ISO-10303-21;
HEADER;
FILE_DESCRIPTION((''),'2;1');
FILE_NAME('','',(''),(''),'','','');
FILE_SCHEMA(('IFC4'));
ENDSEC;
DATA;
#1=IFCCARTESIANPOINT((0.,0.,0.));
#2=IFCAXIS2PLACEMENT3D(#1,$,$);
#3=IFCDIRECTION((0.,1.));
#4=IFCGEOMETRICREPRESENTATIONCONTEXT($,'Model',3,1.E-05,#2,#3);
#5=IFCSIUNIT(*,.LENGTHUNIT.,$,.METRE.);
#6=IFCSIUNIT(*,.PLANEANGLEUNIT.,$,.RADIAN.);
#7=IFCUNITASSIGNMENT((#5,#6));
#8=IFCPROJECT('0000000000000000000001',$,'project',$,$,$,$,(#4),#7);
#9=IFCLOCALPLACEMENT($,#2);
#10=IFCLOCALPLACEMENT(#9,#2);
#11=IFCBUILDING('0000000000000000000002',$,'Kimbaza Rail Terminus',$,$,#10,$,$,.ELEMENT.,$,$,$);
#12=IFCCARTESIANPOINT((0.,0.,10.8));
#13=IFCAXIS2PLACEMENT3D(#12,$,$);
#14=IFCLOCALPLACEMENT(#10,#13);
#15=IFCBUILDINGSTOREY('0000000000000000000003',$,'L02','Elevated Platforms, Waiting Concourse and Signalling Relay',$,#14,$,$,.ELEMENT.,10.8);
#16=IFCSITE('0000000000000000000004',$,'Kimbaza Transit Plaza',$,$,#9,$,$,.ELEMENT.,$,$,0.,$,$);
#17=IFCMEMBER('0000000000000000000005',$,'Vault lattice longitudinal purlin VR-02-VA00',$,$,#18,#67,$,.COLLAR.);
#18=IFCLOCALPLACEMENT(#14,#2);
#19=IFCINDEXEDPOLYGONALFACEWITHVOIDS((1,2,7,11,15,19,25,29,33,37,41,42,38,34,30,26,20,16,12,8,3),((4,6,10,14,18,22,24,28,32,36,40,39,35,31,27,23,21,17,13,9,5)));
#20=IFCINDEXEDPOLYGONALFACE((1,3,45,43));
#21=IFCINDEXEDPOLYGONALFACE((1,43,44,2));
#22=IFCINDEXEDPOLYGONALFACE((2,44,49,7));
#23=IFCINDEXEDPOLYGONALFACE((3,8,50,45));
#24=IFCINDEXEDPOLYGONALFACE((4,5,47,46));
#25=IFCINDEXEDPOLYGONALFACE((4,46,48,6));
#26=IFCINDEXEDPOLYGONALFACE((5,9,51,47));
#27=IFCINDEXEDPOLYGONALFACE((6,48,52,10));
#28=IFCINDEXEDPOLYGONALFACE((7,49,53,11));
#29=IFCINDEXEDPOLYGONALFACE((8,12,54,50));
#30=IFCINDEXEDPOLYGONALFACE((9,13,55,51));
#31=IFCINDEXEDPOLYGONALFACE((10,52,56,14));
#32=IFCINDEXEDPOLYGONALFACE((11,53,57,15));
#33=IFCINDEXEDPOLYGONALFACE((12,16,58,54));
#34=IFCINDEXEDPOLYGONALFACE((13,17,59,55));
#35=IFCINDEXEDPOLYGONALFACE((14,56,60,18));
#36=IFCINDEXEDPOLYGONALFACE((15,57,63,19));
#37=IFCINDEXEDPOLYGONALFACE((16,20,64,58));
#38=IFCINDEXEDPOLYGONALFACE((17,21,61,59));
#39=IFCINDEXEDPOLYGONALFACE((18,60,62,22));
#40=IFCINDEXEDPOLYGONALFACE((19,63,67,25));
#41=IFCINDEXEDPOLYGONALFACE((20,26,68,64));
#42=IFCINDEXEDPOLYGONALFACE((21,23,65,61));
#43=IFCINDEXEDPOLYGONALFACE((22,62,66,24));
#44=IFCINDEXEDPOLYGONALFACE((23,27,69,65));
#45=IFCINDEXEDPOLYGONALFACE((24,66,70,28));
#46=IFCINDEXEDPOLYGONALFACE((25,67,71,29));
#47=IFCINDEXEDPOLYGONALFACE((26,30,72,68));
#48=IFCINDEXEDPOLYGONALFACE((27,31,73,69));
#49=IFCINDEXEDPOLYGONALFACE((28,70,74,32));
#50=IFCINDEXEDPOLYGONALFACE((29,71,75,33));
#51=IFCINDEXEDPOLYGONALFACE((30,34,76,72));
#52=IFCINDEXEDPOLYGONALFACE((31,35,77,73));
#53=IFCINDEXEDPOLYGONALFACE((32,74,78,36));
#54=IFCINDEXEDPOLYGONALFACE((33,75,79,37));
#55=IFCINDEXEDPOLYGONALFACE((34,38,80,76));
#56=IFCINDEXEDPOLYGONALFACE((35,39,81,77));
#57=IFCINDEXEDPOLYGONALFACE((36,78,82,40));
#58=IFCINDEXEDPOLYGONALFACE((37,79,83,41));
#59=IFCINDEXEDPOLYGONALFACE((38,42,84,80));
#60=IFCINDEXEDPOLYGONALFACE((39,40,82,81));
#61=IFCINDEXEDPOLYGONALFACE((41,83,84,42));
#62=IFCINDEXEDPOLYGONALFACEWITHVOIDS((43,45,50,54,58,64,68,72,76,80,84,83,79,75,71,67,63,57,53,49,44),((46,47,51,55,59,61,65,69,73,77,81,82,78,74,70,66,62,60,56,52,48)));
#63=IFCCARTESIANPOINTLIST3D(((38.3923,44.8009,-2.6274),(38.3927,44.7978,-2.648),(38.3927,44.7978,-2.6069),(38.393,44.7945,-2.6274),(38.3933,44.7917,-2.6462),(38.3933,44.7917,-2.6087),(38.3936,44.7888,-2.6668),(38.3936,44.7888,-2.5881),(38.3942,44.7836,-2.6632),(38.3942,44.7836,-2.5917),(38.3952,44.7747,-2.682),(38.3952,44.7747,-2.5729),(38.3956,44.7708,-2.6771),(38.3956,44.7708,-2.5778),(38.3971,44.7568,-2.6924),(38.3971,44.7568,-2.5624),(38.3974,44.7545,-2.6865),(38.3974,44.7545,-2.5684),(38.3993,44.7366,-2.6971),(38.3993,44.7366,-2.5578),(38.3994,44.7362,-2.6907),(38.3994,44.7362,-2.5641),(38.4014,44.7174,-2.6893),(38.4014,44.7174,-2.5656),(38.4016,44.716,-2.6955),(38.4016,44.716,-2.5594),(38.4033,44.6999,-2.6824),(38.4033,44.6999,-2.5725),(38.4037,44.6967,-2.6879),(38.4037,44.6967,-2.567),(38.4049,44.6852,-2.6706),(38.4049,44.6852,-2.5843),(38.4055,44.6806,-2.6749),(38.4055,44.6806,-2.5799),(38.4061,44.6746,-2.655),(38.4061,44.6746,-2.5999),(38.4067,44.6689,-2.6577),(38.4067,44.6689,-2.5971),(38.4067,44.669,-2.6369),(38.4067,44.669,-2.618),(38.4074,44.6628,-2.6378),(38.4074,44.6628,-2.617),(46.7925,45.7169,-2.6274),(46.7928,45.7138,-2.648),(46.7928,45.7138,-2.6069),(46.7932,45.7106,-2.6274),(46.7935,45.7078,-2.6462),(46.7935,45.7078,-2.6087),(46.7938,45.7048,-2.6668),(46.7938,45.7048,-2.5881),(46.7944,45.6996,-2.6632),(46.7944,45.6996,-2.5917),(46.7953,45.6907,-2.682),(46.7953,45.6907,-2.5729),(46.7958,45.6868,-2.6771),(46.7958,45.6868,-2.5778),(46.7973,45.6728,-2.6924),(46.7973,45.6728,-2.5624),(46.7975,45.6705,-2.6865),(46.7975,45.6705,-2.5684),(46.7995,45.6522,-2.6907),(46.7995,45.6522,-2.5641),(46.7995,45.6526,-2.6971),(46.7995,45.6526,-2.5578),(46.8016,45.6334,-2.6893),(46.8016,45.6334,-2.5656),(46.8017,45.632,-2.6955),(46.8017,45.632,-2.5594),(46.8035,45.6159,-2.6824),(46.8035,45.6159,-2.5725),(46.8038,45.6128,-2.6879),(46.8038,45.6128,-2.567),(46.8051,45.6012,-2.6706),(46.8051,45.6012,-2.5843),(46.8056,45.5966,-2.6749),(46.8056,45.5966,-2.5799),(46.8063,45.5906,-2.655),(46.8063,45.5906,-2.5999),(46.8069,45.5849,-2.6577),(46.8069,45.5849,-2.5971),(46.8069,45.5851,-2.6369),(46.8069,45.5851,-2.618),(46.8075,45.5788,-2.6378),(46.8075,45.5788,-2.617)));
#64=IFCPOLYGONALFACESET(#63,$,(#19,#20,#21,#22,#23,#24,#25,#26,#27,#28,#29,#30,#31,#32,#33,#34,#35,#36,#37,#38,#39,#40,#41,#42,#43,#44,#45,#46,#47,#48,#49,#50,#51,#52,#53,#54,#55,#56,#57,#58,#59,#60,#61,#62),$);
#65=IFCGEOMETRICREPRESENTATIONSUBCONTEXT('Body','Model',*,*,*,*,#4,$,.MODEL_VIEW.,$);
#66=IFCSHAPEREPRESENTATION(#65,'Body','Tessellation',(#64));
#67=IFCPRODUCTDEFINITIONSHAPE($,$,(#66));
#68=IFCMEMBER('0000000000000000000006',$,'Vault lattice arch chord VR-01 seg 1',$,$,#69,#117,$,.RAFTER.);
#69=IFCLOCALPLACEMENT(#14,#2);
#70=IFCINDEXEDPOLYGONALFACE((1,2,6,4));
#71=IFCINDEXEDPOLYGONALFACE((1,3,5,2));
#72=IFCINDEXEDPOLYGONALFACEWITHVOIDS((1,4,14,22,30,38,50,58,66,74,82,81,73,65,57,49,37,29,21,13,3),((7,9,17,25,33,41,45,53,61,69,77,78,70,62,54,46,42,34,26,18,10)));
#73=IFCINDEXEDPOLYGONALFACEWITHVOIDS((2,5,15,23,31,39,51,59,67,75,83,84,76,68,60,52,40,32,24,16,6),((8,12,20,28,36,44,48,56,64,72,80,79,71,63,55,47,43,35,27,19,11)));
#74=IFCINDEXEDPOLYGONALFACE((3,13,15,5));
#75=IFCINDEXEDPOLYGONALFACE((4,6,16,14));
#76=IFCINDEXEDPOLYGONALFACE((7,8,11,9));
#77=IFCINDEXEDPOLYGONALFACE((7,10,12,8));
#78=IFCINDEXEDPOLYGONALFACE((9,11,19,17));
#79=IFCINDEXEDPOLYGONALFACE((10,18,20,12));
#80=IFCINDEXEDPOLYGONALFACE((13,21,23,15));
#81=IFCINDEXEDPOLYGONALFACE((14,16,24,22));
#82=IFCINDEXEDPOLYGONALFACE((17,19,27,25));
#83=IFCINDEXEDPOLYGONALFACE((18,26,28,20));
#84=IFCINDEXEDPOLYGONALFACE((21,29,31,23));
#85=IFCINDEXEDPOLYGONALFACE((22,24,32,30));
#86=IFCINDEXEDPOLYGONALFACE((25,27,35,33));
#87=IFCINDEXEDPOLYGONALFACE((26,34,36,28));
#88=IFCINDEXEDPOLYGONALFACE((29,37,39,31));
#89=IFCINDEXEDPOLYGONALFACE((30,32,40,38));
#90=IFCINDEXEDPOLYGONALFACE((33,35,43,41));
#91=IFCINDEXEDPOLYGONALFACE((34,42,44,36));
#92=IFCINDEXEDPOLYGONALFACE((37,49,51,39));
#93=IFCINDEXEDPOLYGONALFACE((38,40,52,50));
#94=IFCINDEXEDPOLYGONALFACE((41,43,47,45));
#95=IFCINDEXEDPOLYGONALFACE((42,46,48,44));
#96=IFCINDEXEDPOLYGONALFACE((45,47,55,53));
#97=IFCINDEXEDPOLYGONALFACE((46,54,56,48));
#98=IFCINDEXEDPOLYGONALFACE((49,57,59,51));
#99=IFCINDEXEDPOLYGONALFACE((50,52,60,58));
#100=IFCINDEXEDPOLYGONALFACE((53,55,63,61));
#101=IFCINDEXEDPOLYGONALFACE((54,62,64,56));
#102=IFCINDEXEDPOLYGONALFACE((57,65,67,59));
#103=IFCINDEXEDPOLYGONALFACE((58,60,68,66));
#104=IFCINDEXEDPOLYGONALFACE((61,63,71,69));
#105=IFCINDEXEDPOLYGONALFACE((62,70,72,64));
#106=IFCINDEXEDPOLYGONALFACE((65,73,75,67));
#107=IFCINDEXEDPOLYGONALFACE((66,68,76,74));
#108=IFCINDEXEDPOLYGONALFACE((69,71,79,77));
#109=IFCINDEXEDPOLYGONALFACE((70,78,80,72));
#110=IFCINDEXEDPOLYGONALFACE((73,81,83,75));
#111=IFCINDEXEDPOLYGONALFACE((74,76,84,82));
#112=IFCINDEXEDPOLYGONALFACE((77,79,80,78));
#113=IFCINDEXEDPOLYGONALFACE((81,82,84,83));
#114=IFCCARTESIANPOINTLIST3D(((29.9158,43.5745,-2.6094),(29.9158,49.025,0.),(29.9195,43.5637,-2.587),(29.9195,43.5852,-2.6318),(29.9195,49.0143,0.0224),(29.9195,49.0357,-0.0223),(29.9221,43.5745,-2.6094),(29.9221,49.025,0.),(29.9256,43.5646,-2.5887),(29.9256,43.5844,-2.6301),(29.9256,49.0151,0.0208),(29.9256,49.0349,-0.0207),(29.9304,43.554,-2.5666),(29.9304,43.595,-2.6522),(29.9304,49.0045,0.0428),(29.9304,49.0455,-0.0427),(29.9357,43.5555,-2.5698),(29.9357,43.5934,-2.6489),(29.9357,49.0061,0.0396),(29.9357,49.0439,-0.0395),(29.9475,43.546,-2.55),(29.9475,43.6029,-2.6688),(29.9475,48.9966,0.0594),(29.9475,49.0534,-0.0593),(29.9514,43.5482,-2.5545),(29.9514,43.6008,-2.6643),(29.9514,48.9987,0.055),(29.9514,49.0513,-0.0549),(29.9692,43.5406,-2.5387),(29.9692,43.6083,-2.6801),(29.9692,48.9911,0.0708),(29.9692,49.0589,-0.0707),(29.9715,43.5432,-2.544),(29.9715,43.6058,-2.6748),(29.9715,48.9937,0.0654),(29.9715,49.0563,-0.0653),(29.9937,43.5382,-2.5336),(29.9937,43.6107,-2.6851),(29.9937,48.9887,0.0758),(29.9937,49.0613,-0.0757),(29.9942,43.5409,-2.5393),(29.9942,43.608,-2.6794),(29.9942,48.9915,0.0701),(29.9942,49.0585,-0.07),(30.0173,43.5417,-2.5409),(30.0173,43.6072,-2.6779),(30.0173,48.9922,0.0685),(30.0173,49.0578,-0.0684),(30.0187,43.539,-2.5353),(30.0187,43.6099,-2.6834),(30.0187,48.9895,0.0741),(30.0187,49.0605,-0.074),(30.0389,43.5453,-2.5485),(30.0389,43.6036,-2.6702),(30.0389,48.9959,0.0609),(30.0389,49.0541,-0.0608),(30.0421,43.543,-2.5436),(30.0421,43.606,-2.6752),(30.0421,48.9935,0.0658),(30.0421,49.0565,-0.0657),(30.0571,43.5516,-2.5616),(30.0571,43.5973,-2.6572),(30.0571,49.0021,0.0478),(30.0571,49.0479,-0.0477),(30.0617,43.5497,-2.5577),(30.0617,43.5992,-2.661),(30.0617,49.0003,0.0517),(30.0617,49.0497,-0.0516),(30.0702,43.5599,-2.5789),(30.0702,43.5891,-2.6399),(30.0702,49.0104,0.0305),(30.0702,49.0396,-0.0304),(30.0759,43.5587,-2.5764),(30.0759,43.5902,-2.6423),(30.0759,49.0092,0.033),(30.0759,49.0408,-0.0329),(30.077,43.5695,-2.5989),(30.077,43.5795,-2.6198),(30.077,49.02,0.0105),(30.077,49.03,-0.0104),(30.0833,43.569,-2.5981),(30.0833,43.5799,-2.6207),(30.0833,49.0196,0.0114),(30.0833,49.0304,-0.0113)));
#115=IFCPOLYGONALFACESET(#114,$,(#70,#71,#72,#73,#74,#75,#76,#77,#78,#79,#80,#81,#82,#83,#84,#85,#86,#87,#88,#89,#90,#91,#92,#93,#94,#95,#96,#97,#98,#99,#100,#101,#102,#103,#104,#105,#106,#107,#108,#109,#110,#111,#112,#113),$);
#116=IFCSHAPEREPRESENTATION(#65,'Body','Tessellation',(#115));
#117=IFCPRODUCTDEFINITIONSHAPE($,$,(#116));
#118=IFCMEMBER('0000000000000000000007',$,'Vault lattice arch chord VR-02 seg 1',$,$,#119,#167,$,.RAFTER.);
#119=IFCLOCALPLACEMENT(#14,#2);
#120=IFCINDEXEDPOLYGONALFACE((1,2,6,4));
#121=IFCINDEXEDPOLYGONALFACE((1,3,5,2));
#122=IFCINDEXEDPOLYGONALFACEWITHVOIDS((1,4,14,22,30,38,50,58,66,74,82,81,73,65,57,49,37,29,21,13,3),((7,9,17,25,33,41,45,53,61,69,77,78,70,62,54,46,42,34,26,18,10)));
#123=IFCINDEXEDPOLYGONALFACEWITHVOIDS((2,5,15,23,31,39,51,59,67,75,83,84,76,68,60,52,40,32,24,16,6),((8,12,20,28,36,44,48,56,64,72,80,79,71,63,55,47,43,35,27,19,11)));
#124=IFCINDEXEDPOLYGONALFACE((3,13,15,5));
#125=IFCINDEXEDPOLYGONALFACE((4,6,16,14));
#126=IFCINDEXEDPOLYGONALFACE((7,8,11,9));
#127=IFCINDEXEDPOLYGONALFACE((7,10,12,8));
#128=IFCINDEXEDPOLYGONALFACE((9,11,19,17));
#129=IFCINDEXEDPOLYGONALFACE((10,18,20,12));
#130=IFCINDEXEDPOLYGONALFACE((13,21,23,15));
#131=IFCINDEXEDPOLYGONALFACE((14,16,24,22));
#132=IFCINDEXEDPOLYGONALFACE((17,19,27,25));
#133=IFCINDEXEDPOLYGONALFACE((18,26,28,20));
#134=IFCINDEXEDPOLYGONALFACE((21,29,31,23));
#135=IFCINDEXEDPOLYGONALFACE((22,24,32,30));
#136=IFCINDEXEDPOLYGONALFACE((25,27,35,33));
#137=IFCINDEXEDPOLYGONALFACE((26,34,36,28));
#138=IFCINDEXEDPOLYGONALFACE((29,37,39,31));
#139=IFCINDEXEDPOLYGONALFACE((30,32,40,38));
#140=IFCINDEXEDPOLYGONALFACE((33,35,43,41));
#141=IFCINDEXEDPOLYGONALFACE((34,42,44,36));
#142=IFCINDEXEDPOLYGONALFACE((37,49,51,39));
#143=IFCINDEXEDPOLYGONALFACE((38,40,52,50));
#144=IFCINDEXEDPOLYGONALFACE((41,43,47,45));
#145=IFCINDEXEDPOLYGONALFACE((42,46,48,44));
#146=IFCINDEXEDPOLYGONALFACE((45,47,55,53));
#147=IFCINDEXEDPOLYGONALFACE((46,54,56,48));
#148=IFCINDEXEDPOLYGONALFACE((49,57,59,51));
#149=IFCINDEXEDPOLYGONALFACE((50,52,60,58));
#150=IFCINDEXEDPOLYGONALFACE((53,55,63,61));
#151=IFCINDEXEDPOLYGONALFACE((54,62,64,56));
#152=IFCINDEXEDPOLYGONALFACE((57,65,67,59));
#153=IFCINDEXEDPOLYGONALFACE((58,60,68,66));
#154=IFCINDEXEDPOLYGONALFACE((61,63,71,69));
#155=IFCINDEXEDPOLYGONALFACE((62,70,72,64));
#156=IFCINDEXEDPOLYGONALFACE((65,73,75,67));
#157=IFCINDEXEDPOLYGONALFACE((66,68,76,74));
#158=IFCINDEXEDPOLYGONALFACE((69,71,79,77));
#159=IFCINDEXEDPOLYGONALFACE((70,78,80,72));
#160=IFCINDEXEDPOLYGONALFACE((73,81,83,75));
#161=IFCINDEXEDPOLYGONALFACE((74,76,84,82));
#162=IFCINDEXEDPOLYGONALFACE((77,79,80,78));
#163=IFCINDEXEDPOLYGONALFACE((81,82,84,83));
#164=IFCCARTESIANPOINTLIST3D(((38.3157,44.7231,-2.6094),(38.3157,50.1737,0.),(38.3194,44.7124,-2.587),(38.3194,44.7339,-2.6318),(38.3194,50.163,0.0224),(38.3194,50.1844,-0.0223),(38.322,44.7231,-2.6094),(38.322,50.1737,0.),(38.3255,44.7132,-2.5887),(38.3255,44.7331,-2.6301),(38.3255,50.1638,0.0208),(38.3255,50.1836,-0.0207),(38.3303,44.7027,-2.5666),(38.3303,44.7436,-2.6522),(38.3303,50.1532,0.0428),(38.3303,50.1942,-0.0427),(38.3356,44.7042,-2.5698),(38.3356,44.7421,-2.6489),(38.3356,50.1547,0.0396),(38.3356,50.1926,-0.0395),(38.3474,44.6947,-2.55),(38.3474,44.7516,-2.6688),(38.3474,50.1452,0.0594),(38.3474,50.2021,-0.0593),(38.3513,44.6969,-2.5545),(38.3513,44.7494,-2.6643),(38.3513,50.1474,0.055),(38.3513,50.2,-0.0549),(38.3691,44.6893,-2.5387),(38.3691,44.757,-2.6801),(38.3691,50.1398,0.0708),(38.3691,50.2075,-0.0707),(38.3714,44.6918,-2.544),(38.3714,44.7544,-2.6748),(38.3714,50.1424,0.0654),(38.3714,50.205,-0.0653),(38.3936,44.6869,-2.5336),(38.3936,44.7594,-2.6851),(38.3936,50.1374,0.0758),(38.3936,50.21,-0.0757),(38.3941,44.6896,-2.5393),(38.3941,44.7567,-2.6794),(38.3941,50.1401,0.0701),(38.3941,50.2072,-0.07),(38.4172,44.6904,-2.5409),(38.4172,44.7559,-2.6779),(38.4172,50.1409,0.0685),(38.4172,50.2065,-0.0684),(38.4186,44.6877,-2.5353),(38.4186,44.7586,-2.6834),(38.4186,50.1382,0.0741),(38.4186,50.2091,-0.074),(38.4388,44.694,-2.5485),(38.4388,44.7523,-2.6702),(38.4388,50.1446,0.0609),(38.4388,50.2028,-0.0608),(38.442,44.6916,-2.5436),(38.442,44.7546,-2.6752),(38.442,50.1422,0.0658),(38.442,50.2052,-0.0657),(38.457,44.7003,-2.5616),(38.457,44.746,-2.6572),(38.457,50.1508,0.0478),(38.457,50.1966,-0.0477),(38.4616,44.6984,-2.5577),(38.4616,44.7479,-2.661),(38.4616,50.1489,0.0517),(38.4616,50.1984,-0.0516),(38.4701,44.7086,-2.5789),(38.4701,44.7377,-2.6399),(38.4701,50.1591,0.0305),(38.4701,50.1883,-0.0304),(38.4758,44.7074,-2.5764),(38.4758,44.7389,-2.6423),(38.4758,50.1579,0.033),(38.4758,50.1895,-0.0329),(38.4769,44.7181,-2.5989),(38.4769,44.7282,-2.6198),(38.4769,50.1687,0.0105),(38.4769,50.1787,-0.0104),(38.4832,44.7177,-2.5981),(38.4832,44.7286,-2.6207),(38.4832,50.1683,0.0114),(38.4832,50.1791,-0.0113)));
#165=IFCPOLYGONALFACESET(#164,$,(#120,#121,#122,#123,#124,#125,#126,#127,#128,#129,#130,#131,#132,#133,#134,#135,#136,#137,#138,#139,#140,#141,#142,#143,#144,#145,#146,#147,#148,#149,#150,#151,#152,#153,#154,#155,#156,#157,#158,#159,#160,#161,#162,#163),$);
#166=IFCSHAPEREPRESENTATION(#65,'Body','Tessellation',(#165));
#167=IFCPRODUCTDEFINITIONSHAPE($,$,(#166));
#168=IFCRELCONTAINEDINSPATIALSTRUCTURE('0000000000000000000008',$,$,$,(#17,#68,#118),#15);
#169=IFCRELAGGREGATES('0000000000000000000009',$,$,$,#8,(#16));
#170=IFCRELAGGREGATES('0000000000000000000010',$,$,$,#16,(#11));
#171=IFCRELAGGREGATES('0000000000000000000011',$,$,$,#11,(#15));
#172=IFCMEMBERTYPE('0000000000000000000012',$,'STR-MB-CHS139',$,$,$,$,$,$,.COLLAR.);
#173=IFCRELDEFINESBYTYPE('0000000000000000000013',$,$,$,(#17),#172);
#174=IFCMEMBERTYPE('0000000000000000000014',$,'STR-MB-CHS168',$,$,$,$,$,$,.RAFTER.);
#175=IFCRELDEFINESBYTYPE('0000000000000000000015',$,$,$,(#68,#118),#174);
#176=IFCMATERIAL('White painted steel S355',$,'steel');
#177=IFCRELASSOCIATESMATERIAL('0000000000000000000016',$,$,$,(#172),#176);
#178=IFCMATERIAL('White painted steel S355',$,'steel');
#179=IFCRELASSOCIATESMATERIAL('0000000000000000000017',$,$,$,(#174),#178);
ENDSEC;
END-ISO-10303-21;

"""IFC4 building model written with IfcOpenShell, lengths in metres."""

from ifc_helpers import new_model, si_unit, direction, frame, origin, origin_2d, place, context, subcontext, project, spatial, hollow_circle, extrude, material, material_profile, profile_set, type_object, element, save


model = new_model("IFC4")

# Units and contexts
model_context = context("Model", 3, precision=1e-05, world=origin(), true_north=direction((0.0, 1.0)))
body_context = subcontext(model_context, "Body", "Model", "MODEL_VIEW")
ifc_project = project(units=[si_unit("LENGTHUNIT", "METRE"), si_unit("PLANEANGLEUNIT", "RADIAN")], contexts=[model_context])

# Site, building, storey
site_placement = place(None, origin())
site = spatial("IfcSite", under=ifc_project, at=site_placement, Name="Kimbaza Transit Plaza", CompositionType="ELEMENT", RefElevation=0.0)
building_placement = place(site_placement, origin())
building = spatial("IfcBuilding", under=site, at=building_placement, Name="Kimbaza Rail Terminus", CompositionType="ELEMENT")
storey_placement = place(building_placement, frame((0.0, 0.0, 10.8)))
storey = spatial("IfcBuildingStorey", under=building, at=storey_placement, Name="L02", Description="Elevated Platforms, Waiting Concourse and Signalling Relay", CompositionType="ELEMENT", Elevation=10.8)

# Members
ifc_material_1 = material(Name="White painted steel S355", Category="steel")
ifc_material_profile_1 = material_profile(ifc_material_1, hollow_circle(Radius=0.0698, WallThickness=0.0063, at=origin_2d()), Name="CHS 139.7x6.3")
ifc_profile_set_1 = profile_set([ifc_material_profile_1], Name="White painted steel S355")
member_type_1 = type_object("IfcMemberType", Name="STR-MB-CHS139", PredefinedType="COLLAR", material=ifc_profile_set_1)
member_1_placement = place(storey_placement, frame((38.3999, 44.7314, -2.6274), z_axis=(0.994107, 0.108405, 0.0), x_axis=(-0.108405, 0.994107, 0.0)))
element("IfcMember", 1, at=member_1_placement, inside=storey, type_object=member_type_1, Name="Vault lattice longitudinal purlin VR-02-VA00", PredefinedType="COLLAR", context=body_context, shape_type="SweptSolid", body=[
    extrude(hollow_circle(Radius=0.0698, WallThickness=0.0063, at=origin_2d()), origin(), (0.0, 0.0, 1.0), 8.45),
])
ifc_material_2 = material(Name="White painted steel S355", Category="steel")
ifc_material_profile_2 = material_profile(ifc_material_2, hollow_circle(Radius=0.0842, WallThickness=0.0063, at=origin_2d()), Name="CHS 168.3x6.3")
ifc_profile_set_2 = profile_set([ifc_material_profile_2], Name="White painted steel S355")
member_type_2 = type_object("IfcMemberType", Name="STR-MB-CHS168", PredefinedType="RAFTER", material=ifc_profile_set_2)
for number, where, z_axis, x_axis, name in (
    (2, (30.0, 43.5745, -2.6094), (0.0, 0.901964, 0.431811), (-1.0, 0.0, 0.0), "Vault lattice arch chord VR-01 seg 1"),
    (3, (38.3999, 44.7231, -2.6094), (0.0, 0.901964, 0.431811), (-1.0, 0.0, 0.0), "Vault lattice arch chord VR-02 seg 1"),
):
    element("IfcMember", number, at=place(storey_placement, frame(where, z_axis=z_axis, x_axis=x_axis)), inside=storey, type_object=member_type_2, Name=name, PredefinedType="RAFTER", context=body_context, shape_type="SweptSolid", body=[
        extrude(hollow_circle(Radius=0.0842, WallThickness=0.0063, at=origin_2d()), origin(), (0.0, 0.0, 1.0), 6.043),
    ])

save(model, "model.ifc")
